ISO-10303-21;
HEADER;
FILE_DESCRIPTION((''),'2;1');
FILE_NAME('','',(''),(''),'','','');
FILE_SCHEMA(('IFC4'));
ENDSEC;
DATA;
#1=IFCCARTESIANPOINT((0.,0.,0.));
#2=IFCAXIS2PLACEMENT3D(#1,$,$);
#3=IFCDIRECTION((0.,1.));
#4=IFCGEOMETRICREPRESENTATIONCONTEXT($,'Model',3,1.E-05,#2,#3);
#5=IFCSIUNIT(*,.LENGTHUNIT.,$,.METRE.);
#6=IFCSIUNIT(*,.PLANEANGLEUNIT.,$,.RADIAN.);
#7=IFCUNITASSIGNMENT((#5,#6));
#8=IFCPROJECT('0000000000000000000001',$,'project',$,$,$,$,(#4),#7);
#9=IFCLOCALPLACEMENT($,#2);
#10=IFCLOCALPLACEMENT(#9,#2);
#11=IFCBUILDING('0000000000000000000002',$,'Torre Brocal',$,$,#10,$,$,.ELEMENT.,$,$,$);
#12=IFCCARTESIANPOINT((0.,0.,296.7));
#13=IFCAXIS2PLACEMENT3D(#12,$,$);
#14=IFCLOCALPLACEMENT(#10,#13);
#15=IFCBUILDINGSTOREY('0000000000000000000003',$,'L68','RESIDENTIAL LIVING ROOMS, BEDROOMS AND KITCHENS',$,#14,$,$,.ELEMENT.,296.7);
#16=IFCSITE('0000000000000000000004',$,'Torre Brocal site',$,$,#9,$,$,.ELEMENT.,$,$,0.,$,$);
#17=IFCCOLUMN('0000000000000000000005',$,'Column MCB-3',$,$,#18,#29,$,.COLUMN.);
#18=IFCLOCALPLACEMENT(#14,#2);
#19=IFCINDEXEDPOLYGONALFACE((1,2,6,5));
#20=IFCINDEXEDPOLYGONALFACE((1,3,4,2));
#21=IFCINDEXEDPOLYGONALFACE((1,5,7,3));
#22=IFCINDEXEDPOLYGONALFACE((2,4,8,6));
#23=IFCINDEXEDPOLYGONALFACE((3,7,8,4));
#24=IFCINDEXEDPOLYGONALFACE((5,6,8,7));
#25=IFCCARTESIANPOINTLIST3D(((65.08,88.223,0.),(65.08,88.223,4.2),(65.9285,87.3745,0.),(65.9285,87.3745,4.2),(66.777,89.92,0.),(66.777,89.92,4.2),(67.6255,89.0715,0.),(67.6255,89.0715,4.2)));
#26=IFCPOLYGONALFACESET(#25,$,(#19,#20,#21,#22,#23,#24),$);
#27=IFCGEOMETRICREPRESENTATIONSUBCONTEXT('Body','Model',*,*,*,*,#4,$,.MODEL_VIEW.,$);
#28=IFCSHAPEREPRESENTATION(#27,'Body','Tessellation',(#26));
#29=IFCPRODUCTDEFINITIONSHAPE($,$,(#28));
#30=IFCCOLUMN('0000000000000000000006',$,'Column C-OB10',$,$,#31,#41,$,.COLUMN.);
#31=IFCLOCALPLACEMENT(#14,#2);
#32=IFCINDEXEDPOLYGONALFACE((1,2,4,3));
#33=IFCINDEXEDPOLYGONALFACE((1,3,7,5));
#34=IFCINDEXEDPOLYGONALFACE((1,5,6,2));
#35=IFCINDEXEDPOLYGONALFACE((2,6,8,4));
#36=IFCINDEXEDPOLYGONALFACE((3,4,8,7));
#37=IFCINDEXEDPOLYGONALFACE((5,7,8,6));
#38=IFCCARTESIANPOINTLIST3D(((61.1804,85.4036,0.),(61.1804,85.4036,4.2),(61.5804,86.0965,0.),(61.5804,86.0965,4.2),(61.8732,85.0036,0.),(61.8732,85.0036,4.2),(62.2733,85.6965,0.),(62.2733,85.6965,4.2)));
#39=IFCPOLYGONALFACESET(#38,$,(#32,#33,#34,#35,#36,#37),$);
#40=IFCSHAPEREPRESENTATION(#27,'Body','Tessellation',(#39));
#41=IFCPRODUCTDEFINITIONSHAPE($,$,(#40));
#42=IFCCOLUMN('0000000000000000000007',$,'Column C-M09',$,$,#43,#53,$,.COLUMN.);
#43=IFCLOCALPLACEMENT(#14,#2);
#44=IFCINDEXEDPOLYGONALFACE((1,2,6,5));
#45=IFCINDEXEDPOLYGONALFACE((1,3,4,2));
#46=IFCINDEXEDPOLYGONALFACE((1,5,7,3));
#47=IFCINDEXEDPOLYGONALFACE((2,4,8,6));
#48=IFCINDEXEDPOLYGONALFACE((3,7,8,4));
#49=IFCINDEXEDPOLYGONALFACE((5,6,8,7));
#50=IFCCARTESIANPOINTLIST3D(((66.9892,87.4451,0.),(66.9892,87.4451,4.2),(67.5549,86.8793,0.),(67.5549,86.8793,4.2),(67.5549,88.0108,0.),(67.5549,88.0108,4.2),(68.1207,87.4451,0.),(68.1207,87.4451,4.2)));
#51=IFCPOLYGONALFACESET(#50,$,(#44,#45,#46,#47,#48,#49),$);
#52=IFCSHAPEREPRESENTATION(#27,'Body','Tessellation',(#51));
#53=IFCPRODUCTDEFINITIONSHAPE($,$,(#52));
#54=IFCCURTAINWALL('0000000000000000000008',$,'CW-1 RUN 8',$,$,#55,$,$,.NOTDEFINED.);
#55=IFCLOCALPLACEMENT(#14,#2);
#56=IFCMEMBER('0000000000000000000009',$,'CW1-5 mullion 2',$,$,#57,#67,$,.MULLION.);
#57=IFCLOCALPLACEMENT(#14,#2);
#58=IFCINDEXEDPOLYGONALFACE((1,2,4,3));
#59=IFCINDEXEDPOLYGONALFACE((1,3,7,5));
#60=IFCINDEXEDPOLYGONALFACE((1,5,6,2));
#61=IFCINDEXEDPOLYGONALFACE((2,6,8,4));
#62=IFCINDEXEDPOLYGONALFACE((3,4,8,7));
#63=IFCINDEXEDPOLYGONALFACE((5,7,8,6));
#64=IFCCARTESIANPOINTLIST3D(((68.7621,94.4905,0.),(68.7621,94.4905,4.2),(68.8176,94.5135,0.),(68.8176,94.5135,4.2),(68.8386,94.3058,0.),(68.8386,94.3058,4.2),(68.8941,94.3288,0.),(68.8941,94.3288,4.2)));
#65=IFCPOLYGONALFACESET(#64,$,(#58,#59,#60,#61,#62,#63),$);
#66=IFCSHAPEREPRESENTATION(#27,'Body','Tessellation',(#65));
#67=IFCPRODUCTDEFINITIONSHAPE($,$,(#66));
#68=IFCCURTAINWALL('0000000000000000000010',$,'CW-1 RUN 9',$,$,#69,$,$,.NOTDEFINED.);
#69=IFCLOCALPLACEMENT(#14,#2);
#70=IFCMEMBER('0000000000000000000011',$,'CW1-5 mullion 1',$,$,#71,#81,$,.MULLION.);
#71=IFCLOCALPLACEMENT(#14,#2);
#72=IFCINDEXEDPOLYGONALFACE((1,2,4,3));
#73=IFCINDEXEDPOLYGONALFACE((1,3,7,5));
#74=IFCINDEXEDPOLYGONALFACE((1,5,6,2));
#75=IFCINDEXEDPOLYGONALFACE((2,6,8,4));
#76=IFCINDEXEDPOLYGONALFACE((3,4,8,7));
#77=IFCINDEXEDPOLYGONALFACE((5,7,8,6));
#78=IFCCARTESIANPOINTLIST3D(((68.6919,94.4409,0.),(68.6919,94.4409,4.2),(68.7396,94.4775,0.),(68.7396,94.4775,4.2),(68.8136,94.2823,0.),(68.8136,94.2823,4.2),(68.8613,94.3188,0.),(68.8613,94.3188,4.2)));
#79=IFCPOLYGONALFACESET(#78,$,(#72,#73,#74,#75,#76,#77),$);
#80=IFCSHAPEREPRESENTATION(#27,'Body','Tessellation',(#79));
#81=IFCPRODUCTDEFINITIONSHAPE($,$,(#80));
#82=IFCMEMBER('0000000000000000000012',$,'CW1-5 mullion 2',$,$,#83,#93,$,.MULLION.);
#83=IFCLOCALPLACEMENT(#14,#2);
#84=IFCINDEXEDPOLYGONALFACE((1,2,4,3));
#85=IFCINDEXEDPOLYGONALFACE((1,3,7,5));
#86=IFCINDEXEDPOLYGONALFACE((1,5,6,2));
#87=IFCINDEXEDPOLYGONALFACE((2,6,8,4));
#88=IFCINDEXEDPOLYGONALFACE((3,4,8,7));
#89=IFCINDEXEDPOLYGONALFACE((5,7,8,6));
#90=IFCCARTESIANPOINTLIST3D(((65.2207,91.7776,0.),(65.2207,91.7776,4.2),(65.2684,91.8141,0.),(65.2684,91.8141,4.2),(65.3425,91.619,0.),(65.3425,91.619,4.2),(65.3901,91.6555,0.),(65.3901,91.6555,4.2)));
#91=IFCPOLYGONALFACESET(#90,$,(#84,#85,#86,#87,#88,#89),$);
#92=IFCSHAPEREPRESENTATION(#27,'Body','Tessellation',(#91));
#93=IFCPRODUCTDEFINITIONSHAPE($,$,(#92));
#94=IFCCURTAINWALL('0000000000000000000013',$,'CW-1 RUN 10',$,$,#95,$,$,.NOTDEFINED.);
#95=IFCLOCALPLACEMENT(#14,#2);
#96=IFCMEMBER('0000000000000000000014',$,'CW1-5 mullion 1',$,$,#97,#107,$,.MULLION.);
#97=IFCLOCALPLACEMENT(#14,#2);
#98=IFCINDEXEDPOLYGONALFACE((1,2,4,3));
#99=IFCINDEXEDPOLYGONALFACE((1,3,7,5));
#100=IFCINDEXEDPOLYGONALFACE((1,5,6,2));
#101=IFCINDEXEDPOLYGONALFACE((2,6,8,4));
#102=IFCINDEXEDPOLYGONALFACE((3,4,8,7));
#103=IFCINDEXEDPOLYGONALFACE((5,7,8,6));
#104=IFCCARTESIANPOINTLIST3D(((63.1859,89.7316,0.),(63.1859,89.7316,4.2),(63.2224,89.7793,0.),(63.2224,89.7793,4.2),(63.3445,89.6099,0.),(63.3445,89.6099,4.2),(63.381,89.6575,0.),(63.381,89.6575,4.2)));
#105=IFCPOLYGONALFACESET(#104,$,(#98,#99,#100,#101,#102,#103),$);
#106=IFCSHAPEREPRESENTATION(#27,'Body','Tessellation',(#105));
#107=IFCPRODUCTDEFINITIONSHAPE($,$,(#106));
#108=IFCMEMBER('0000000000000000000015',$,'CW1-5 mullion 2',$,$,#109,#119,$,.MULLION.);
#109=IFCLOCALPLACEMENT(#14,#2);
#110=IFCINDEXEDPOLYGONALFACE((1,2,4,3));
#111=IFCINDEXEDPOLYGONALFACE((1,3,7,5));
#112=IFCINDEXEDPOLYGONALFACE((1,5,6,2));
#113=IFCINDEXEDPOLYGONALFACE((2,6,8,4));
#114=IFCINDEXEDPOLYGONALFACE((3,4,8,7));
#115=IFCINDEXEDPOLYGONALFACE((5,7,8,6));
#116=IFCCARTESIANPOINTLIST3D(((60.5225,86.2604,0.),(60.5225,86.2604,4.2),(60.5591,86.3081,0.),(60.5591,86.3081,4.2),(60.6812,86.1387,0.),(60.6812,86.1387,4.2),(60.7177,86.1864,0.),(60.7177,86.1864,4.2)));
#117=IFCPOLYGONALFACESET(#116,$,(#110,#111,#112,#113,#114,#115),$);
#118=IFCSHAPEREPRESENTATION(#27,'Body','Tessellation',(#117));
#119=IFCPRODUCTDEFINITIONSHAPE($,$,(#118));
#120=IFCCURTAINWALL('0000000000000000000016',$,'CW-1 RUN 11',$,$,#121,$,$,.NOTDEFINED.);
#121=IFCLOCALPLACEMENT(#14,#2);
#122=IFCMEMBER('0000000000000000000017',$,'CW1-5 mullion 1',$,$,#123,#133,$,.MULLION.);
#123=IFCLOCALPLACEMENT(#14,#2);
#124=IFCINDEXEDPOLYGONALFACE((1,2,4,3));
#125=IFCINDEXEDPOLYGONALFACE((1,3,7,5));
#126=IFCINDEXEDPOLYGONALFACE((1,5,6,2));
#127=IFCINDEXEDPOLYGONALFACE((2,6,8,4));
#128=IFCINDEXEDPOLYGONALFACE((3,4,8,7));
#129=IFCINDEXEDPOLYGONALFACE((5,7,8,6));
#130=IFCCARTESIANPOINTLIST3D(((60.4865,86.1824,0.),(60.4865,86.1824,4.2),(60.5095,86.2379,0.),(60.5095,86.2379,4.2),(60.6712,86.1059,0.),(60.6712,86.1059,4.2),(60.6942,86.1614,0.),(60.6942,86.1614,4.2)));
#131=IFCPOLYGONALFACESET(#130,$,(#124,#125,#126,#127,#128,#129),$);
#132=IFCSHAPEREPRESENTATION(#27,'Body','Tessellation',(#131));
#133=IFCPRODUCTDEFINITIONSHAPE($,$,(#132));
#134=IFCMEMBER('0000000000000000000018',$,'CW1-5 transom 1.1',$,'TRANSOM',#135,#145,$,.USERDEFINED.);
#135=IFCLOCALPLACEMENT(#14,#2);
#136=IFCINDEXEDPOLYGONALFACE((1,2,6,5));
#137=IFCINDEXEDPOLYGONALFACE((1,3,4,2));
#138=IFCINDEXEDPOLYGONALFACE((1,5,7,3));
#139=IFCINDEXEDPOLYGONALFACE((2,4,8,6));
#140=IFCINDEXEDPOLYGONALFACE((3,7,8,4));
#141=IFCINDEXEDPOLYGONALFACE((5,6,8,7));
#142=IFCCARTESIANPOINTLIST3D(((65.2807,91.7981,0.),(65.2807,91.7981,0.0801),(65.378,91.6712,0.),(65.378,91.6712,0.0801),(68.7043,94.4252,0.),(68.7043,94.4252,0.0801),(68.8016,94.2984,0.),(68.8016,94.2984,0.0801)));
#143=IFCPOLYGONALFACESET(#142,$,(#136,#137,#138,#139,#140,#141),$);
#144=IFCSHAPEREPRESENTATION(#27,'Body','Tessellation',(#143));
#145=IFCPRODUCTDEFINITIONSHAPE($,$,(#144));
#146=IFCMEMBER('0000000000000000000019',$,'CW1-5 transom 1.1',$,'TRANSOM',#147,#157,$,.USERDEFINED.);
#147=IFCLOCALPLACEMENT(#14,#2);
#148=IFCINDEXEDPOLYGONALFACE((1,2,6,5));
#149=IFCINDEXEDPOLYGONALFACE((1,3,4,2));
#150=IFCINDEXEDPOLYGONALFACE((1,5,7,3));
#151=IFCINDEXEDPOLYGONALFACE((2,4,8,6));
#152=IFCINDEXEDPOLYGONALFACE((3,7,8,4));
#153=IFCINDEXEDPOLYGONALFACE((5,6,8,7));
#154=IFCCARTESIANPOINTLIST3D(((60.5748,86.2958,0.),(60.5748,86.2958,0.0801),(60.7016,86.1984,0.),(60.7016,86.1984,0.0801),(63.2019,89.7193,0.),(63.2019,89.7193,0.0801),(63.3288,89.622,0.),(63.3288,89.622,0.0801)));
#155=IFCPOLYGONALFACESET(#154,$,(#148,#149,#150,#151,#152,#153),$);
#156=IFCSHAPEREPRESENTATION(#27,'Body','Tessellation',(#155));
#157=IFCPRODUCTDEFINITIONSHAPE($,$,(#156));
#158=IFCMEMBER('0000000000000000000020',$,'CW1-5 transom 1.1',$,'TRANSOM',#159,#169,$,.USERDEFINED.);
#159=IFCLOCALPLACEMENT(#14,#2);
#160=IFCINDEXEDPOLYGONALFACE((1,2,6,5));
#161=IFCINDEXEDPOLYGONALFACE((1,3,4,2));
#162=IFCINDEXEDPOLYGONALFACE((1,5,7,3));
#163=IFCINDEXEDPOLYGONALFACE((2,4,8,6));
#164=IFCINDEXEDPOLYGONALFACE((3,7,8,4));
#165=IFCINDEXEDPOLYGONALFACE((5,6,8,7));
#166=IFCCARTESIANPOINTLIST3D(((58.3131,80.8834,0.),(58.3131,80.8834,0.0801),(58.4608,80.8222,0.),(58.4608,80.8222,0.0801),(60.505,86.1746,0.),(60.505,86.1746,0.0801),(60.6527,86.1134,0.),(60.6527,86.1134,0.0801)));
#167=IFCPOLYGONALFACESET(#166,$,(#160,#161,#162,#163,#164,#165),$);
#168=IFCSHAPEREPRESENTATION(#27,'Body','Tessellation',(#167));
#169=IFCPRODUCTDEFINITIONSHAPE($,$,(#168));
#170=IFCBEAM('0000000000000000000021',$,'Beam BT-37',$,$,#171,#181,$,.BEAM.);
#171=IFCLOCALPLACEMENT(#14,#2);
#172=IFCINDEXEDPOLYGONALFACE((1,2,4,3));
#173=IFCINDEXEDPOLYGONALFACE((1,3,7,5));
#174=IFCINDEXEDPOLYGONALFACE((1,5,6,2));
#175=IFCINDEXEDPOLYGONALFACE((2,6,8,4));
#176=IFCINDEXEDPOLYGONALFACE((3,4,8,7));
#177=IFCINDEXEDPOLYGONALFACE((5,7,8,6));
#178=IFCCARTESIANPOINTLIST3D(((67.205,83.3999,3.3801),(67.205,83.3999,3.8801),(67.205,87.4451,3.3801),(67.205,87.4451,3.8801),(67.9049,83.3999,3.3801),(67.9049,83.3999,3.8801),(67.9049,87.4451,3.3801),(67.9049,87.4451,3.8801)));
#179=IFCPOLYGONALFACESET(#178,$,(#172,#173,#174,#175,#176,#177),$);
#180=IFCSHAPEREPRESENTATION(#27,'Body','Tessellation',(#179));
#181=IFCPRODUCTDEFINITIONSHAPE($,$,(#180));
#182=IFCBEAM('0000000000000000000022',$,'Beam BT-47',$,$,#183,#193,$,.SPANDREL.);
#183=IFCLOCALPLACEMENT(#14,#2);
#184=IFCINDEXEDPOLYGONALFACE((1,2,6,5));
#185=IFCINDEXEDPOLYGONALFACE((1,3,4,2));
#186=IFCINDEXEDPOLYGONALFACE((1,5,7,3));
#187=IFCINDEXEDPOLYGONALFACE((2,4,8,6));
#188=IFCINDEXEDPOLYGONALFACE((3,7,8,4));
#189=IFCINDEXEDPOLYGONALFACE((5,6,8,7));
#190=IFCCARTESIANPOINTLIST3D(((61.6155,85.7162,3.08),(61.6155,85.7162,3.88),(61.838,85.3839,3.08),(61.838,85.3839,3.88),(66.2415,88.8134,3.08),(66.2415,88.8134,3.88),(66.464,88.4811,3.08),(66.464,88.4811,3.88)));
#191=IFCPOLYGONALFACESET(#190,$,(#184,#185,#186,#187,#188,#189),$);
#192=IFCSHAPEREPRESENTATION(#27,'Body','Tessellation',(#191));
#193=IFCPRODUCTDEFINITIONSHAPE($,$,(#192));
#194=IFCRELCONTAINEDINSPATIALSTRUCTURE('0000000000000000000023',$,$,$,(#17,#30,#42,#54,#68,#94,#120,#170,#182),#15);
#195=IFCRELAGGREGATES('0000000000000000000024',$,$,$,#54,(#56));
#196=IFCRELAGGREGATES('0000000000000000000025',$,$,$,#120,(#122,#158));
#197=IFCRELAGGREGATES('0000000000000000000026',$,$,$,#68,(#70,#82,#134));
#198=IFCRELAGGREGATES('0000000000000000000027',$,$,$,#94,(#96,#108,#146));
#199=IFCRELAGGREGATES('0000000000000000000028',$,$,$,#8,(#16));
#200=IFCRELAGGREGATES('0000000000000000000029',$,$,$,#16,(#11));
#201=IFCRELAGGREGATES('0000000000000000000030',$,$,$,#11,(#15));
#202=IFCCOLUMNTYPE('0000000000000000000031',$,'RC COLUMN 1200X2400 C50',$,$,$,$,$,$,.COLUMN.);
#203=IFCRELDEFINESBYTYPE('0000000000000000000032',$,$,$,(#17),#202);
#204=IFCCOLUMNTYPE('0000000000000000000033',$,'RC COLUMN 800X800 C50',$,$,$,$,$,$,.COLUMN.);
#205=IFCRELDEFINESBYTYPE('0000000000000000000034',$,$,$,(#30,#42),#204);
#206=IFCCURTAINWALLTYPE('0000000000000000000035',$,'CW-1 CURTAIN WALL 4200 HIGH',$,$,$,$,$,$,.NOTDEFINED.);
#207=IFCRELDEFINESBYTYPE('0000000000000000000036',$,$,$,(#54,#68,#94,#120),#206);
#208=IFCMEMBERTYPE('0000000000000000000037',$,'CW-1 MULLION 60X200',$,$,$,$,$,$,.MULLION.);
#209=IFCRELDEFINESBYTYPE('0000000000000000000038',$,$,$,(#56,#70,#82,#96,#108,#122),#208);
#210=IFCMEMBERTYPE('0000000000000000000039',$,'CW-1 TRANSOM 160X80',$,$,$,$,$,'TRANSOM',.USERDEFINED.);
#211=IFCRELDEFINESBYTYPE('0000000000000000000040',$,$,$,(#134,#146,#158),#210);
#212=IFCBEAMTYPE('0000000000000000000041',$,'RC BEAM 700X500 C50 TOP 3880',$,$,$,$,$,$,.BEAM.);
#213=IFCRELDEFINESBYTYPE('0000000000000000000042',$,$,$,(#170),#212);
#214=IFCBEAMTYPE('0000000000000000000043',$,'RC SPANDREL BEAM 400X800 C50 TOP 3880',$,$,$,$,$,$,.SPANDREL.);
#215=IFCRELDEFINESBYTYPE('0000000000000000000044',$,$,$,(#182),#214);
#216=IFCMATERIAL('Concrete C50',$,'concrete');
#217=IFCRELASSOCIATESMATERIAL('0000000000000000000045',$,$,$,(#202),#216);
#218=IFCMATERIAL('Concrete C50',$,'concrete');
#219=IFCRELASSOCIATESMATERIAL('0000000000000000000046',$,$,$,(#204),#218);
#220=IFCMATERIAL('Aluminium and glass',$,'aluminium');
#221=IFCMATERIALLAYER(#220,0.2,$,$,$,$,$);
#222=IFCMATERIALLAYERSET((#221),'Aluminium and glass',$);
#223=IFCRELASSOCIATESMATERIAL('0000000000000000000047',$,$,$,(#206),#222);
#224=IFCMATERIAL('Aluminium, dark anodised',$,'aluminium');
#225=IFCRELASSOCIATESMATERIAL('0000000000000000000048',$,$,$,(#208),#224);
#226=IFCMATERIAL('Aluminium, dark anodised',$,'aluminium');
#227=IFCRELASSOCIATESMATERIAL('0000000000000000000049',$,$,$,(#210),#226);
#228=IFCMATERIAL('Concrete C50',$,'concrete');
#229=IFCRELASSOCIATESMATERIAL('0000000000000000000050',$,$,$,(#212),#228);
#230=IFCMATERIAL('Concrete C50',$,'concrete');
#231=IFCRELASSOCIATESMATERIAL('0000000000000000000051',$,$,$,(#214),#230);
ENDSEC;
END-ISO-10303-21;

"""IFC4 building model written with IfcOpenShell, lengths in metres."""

from ifc_helpers import new_model, si_unit, direction, frame, origin, origin_2d, place, context, subcontext, project, spatial, rectangle, extrude, material, layer, layer_set, material_profile, profile_set, type_object, element, aggregate, save


model = new_model("IFC4")

# Units and contexts
model_context = context("Model", 3, precision=1e-05, world=origin(), true_north=direction((0.0, 1.0)))
body_context = subcontext(model_context, "Body", "Model", "MODEL_VIEW")
ifc_project = project(units=[si_unit("LENGTHUNIT", "METRE"), si_unit("PLANEANGLEUNIT", "RADIAN")], contexts=[model_context])

# Site, building, storey
site_placement = place(None, origin())
site = spatial("IfcSite", under=ifc_project, at=site_placement, Name="Torre Brocal site", CompositionType="ELEMENT", RefElevation=0.0)
building_placement = place(site_placement, origin())
building = spatial("IfcBuilding", under=site, at=building_placement, Name="Torre Brocal", CompositionType="ELEMENT")
storey_placement = place(building_placement, frame((0.0, 0.0, 296.7)))
storey = spatial("IfcBuildingStorey", under=building, at=storey_placement, Name="L68", Description="RESIDENTIAL LIVING ROOMS, BEDROOMS AND KITCHENS", CompositionType="ELEMENT", Elevation=296.7)

# Columns
ifc_material_1 = material(Name="Concrete C50", Category="concrete")
ifc_material_profile_1 = material_profile(ifc_material_1, rectangle(XDim=1.2, YDim=2.3999, at=origin_2d()), Name="RC 1200X2400")
ifc_profile_set_1 = profile_set([ifc_material_profile_1], Name="Concrete C50")
column_type_1 = type_object("IfcColumnType", Name="RC COLUMN 1200X2400 C50", PredefinedType="COLUMN", material=ifc_profile_set_1)
column_placement = place(storey_placement, frame((66.3528, 88.6472, 0.0), z_axis=(0.0, 0.0, 1.0), x_axis=(-0.707107, 0.707107, 0.0)))
element("IfcColumn", 1, at=column_placement, inside=storey, type_object=column_type_1, Name="Column MCB-3", PredefinedType="COLUMN", context=body_context, shape_type="SweptSolid", body=[
    extrude(rectangle(XDim=1.2, YDim=2.3999, at=origin_2d()), origin(), (0.0, 0.0, 1.0), 4.2),
])
ifc_material_2 = material(Name="Concrete C50", Category="concrete")
ifc_material_profile_2 = material_profile(ifc_material_2, rectangle(XDim=0.8, YDim=0.8, at=origin_2d()), Name="RC 800X800")
ifc_profile_set_2 = profile_set([ifc_material_profile_2], Name="Concrete C50")
column_type_2 = type_object("IfcColumnType", Name="RC COLUMN 800X800 C50", PredefinedType="COLUMN", material=ifc_profile_set_2)
for number, where, z_axis, x_axis, name in (
    (2, (61.7268, 85.55, 0.0), (0.0, 0.0, 1.0), (-0.866025, 0.5, 0.0), "Column C-OB10"),
    (3, (67.5549, 87.4451, 0.0), (0.0, 0.0, 1.0), (-0.707107, 0.707107, 0.0), "Column C-M09"),
):
    element("IfcColumn", number, at=place(storey_placement, frame(where, z_axis=z_axis, x_axis=x_axis)), inside=storey, type_object=column_type_2, Name=name, PredefinedType="COLUMN", context=body_context, shape_type="SweptSolid", body=[
        extrude(rectangle(XDim=0.8, YDim=0.8, at=origin_2d()), origin(), (0.0, 0.0, 1.0), 4.2),
    ])

# Curtain wall, member
ifc_material_3 = material(Name="Aluminium and glass", Category="aluminium")
ifc_layer_1 = layer(ifc_material_3, 0.2)
ifc_layer_set_1 = layer_set([ifc_layer_1], Name="Aluminium and glass")
curtain_wall_type = type_object("IfcCurtainWallType", Name="CW-1 CURTAIN WALL 4200 HIGH", PredefinedType="NOTDEFINED", material=ifc_layer_set_1)
curtain_wall_1_placement = place(storey_placement, origin())
curtain_wall_1 = element("IfcCurtainWall", 4, at=curtain_wall_1_placement, inside=storey, type_object=curtain_wall_type, Name="CW-1 RUN 8", PredefinedType="NOTDEFINED")
ifc_material_4 = material(Name="Aluminium, dark anodised", Category="aluminium")
ifc_material_profile_3 = material_profile(ifc_material_4, rectangle(XDim=0.2, YDim=0.0601, at=origin_2d()), Name="CW-1 MULLION 60X200")
ifc_profile_set_3 = profile_set([ifc_material_profile_3], Name="Aluminium, dark anodised")
member_type_1 = type_object("IfcMemberType", Name="CW-1 MULLION 60X200", PredefinedType="MULLION", material=ifc_profile_set_3)
member_1_placement = place(storey_placement, frame((68.8281, 94.4097, 0.0), z_axis=(0.0, 0.0, 1.0), x_axis=(0.382683, -0.92388, 0.0)))
member_1 = element("IfcMember", 5, at=member_1_placement, type_object=member_type_1, Name="CW1-5 mullion 2", PredefinedType="MULLION", context=body_context, shape_type="SweptSolid", body=[
    extrude(rectangle(XDim=0.2, YDim=0.0601, at=origin_2d()), origin(), (0.0, 0.0, 1.0), 4.2),
])
aggregate(curtain_wall_1, [member_1])

# Curtain walls, members
curtain_wall_2_placement = place(storey_placement, origin())
curtain_wall_2 = element("IfcCurtainWall", 6, at=curtain_wall_2_placement, inside=storey, type_object=curtain_wall_type, Name="CW-1 RUN 9", PredefinedType="NOTDEFINED")
member_2_placement = place(storey_placement, frame((68.7766, 94.3799, 0.0), z_axis=(0.0, 0.0, 1.0), x_axis=(0.608761, -0.793353, 0.0)))
member_2 = element("IfcMember", 7, at=member_2_placement, type_object=member_type_1, Name="CW1-5 mullion 1", PredefinedType="MULLION", context=body_context, shape_type="SweptSolid", body=[
    extrude(rectangle(XDim=0.2, YDim=0.0601, at=origin_2d()), origin(), (0.0, 0.0, 1.0), 4.2),
])
member_3_placement = place(storey_placement, frame((65.3054, 91.7166, 0.0), z_axis=(0.0, 0.0, 1.0), x_axis=(0.608761, -0.793353, 0.0)))
member_3 = element("IfcMember", 8, at=member_3_placement, type_object=member_type_1, Name="CW1-5 mullion 2", PredefinedType="MULLION", context=body_context, shape_type="SweptSolid", body=[
    extrude(rectangle(XDim=0.2, YDim=0.0601, at=origin_2d()), origin(), (0.0, 0.0, 1.0), 4.2),
])
curtain_wall_3_placement = place(storey_placement, origin())
curtain_wall_3 = element("IfcCurtainWall", 9, at=curtain_wall_3_placement, inside=storey, type_object=curtain_wall_type, Name="CW-1 RUN 10", PredefinedType="NOTDEFINED")
member_4_placement = place(storey_placement, frame((63.2834, 89.6946, 0.0), z_axis=(0.0, 0.0, 1.0), x_axis=(0.793353, -0.608761, 0.0)))
member_4 = element("IfcMember", 10, at=member_4_placement, type_object=member_type_1, Name="CW1-5 mullion 1", PredefinedType="MULLION", context=body_context, shape_type="SweptSolid", body=[
    extrude(rectangle(XDim=0.2, YDim=0.0601, at=origin_2d()), origin(), (0.0, 0.0, 1.0), 4.2),
])
member_5_placement = place(storey_placement, frame((60.6201, 86.2234, 0.0), z_axis=(0.0, 0.0, 1.0), x_axis=(0.793353, -0.608761, 0.0)))
member_5 = element("IfcMember", 11, at=member_5_placement, type_object=member_type_1, Name="CW1-5 mullion 2", PredefinedType="MULLION", context=body_context, shape_type="SweptSolid", body=[
    extrude(rectangle(XDim=0.2, YDim=0.0601, at=origin_2d()), origin(), (0.0, 0.0, 1.0), 4.2),
])

# Curtain wall, member
curtain_wall_4_placement = place(storey_placement, origin())
curtain_wall_4 = element("IfcCurtainWall", 12, at=curtain_wall_4_placement, inside=storey, type_object=curtain_wall_type, Name="CW-1 RUN 11", PredefinedType="NOTDEFINED")
member_6_placement = place(storey_placement, frame((60.5903, 86.1719, 0.0), z_axis=(0.0, 0.0, 1.0), x_axis=(0.92388, -0.382683, 0.0)))
member_6 = element("IfcMember", 13, at=member_6_placement, type_object=member_type_1, Name="CW1-5 mullion 1", PredefinedType="MULLION", context=body_context, shape_type="SweptSolid", body=[
    extrude(rectangle(XDim=0.2, YDim=0.0601, at=origin_2d()), origin(), (0.0, 0.0, 1.0), 4.2),
])

# Members
ifc_material_5 = material(Name="Aluminium, dark anodised", Category="aluminium")
ifc_material_profile_4 = material_profile(ifc_material_5, rectangle(XDim=0.1599, YDim=0.0801, at=origin_2d()), Name="CW-1 TRANSOM 160X80")
ifc_profile_set_4 = profile_set([ifc_material_profile_4], Name="Aluminium, dark anodised")
member_type_2 = type_object("IfcMemberType", Name="CW-1 TRANSOM 160X80", ElementType="TRANSOM", PredefinedType="USERDEFINED", material=ifc_profile_set_4)
member_7_placement = place(storey_placement, frame((68.7529, 94.3618, 0.04), z_axis=(-0.793332, -0.608789, 0.0), x_axis=(0.608789, -0.793332, 0.0)))
member_7 = element("IfcMember", 14, at=member_7_placement, type_object=member_type_2, Name="CW1-5 transom 1.1", ObjectType="TRANSOM", PredefinedType="USERDEFINED", context=body_context, shape_type="SweptSolid", body=[
    extrude(rectangle(XDim=0.1599, YDim=0.0801, at=origin_2d()), origin(), (0.0, 0.0, 1.0), 4.3154),
])
member_8_placement = place(storey_placement, frame((63.2654, 89.6707, 0.04), z_axis=(-0.608789, -0.793332, 0.0), x_axis=(0.793332, -0.608789, 0.0)))
member_8 = element("IfcMember", 15, at=member_8_placement, type_object=member_type_2, Name="CW1-5 transom 1.1", ObjectType="TRANSOM", PredefinedType="USERDEFINED", context=body_context, shape_type="SweptSolid", body=[
    extrude(rectangle(XDim=0.1599, YDim=0.0801, at=origin_2d()), origin(), (0.0, 0.0, 1.0), 4.3154),
])
member_9_placement = place(storey_placement, frame((60.5789, 86.144, 0.04), z_axis=(-0.382711, -0.923868, 0.0), x_axis=(0.923868, -0.382711, 0.0)))
member_9 = element("IfcMember", 16, at=member_9_placement, type_object=member_type_2, Name="CW1-5 transom 1.1", ObjectType="TRANSOM", PredefinedType="USERDEFINED", context=body_context, shape_type="SweptSolid", body=[
    extrude(rectangle(XDim=0.1599, YDim=0.0801, at=origin_2d()), origin(), (0.0, 0.0, 1.0), 5.7273),
])
aggregate(curtain_wall_4, [member_6, member_9])

# Beams
ifc_material_6 = material(Name="Concrete C50", Category="concrete")
ifc_material_profile_5 = material_profile(ifc_material_6, rectangle(XDim=0.7, YDim=0.5, at=origin_2d()), Name="RC 700X500")
ifc_profile_set_5 = profile_set([ifc_material_profile_5], Name="Concrete C50")
beam_type_1 = type_object("IfcBeamType", Name="RC BEAM 700X500 C50 TOP 3880", PredefinedType="BEAM", material=ifc_profile_set_5)
beam_1_placement = place(storey_placement, frame((67.5549, 87.4451, 3.6301), z_axis=(0.0, -1.0, 0.0), x_axis=(1.0, 0.0, 0.0)))
element("IfcBeam", 17, at=beam_1_placement, inside=storey, type_object=beam_type_1, Name="Beam BT-37", PredefinedType="BEAM", context=body_context, shape_type="SweptSolid", body=[
    extrude(rectangle(XDim=0.7, YDim=0.5, at=origin_2d()), origin(), (0.0, 0.0, 1.0), 4.0452),
])
ifc_material_7 = material(Name="Concrete C50", Category="concrete")
ifc_material_profile_6 = material_profile(ifc_material_7, rectangle(XDim=0.3999, YDim=0.8, at=origin_2d()), Name="RC 400X800")
ifc_profile_set_6 = profile_set([ifc_material_profile_6], Name="Concrete C50")
beam_type_2 = type_object("IfcBeamType", Name="RC SPANDREL BEAM 400X800 C50 TOP 3880", PredefinedType="SPANDREL", material=ifc_profile_set_6)
beam_2_placement = place(storey_placement, frame((66.3528, 88.6472, 3.48), z_axis=(-0.830956, -0.556339, 0.0), x_axis=(0.556339, -0.830956, 0.0)))
element("IfcBeam", 18, at=beam_2_placement, inside=storey, type_object=beam_type_2, Name="Beam BT-47", PredefinedType="SPANDREL", context=body_context, shape_type="SweptSolid", body=[
    extrude(rectangle(XDim=0.3999, YDim=0.8, at=origin_2d()), origin(), (0.0, 0.0, 1.0), 5.5671),
])

aggregate(curtain_wall_2, [member_2, member_3, member_7])
aggregate(curtain_wall_3, [member_4, member_5, member_8])

save(model, "model.ifc")
